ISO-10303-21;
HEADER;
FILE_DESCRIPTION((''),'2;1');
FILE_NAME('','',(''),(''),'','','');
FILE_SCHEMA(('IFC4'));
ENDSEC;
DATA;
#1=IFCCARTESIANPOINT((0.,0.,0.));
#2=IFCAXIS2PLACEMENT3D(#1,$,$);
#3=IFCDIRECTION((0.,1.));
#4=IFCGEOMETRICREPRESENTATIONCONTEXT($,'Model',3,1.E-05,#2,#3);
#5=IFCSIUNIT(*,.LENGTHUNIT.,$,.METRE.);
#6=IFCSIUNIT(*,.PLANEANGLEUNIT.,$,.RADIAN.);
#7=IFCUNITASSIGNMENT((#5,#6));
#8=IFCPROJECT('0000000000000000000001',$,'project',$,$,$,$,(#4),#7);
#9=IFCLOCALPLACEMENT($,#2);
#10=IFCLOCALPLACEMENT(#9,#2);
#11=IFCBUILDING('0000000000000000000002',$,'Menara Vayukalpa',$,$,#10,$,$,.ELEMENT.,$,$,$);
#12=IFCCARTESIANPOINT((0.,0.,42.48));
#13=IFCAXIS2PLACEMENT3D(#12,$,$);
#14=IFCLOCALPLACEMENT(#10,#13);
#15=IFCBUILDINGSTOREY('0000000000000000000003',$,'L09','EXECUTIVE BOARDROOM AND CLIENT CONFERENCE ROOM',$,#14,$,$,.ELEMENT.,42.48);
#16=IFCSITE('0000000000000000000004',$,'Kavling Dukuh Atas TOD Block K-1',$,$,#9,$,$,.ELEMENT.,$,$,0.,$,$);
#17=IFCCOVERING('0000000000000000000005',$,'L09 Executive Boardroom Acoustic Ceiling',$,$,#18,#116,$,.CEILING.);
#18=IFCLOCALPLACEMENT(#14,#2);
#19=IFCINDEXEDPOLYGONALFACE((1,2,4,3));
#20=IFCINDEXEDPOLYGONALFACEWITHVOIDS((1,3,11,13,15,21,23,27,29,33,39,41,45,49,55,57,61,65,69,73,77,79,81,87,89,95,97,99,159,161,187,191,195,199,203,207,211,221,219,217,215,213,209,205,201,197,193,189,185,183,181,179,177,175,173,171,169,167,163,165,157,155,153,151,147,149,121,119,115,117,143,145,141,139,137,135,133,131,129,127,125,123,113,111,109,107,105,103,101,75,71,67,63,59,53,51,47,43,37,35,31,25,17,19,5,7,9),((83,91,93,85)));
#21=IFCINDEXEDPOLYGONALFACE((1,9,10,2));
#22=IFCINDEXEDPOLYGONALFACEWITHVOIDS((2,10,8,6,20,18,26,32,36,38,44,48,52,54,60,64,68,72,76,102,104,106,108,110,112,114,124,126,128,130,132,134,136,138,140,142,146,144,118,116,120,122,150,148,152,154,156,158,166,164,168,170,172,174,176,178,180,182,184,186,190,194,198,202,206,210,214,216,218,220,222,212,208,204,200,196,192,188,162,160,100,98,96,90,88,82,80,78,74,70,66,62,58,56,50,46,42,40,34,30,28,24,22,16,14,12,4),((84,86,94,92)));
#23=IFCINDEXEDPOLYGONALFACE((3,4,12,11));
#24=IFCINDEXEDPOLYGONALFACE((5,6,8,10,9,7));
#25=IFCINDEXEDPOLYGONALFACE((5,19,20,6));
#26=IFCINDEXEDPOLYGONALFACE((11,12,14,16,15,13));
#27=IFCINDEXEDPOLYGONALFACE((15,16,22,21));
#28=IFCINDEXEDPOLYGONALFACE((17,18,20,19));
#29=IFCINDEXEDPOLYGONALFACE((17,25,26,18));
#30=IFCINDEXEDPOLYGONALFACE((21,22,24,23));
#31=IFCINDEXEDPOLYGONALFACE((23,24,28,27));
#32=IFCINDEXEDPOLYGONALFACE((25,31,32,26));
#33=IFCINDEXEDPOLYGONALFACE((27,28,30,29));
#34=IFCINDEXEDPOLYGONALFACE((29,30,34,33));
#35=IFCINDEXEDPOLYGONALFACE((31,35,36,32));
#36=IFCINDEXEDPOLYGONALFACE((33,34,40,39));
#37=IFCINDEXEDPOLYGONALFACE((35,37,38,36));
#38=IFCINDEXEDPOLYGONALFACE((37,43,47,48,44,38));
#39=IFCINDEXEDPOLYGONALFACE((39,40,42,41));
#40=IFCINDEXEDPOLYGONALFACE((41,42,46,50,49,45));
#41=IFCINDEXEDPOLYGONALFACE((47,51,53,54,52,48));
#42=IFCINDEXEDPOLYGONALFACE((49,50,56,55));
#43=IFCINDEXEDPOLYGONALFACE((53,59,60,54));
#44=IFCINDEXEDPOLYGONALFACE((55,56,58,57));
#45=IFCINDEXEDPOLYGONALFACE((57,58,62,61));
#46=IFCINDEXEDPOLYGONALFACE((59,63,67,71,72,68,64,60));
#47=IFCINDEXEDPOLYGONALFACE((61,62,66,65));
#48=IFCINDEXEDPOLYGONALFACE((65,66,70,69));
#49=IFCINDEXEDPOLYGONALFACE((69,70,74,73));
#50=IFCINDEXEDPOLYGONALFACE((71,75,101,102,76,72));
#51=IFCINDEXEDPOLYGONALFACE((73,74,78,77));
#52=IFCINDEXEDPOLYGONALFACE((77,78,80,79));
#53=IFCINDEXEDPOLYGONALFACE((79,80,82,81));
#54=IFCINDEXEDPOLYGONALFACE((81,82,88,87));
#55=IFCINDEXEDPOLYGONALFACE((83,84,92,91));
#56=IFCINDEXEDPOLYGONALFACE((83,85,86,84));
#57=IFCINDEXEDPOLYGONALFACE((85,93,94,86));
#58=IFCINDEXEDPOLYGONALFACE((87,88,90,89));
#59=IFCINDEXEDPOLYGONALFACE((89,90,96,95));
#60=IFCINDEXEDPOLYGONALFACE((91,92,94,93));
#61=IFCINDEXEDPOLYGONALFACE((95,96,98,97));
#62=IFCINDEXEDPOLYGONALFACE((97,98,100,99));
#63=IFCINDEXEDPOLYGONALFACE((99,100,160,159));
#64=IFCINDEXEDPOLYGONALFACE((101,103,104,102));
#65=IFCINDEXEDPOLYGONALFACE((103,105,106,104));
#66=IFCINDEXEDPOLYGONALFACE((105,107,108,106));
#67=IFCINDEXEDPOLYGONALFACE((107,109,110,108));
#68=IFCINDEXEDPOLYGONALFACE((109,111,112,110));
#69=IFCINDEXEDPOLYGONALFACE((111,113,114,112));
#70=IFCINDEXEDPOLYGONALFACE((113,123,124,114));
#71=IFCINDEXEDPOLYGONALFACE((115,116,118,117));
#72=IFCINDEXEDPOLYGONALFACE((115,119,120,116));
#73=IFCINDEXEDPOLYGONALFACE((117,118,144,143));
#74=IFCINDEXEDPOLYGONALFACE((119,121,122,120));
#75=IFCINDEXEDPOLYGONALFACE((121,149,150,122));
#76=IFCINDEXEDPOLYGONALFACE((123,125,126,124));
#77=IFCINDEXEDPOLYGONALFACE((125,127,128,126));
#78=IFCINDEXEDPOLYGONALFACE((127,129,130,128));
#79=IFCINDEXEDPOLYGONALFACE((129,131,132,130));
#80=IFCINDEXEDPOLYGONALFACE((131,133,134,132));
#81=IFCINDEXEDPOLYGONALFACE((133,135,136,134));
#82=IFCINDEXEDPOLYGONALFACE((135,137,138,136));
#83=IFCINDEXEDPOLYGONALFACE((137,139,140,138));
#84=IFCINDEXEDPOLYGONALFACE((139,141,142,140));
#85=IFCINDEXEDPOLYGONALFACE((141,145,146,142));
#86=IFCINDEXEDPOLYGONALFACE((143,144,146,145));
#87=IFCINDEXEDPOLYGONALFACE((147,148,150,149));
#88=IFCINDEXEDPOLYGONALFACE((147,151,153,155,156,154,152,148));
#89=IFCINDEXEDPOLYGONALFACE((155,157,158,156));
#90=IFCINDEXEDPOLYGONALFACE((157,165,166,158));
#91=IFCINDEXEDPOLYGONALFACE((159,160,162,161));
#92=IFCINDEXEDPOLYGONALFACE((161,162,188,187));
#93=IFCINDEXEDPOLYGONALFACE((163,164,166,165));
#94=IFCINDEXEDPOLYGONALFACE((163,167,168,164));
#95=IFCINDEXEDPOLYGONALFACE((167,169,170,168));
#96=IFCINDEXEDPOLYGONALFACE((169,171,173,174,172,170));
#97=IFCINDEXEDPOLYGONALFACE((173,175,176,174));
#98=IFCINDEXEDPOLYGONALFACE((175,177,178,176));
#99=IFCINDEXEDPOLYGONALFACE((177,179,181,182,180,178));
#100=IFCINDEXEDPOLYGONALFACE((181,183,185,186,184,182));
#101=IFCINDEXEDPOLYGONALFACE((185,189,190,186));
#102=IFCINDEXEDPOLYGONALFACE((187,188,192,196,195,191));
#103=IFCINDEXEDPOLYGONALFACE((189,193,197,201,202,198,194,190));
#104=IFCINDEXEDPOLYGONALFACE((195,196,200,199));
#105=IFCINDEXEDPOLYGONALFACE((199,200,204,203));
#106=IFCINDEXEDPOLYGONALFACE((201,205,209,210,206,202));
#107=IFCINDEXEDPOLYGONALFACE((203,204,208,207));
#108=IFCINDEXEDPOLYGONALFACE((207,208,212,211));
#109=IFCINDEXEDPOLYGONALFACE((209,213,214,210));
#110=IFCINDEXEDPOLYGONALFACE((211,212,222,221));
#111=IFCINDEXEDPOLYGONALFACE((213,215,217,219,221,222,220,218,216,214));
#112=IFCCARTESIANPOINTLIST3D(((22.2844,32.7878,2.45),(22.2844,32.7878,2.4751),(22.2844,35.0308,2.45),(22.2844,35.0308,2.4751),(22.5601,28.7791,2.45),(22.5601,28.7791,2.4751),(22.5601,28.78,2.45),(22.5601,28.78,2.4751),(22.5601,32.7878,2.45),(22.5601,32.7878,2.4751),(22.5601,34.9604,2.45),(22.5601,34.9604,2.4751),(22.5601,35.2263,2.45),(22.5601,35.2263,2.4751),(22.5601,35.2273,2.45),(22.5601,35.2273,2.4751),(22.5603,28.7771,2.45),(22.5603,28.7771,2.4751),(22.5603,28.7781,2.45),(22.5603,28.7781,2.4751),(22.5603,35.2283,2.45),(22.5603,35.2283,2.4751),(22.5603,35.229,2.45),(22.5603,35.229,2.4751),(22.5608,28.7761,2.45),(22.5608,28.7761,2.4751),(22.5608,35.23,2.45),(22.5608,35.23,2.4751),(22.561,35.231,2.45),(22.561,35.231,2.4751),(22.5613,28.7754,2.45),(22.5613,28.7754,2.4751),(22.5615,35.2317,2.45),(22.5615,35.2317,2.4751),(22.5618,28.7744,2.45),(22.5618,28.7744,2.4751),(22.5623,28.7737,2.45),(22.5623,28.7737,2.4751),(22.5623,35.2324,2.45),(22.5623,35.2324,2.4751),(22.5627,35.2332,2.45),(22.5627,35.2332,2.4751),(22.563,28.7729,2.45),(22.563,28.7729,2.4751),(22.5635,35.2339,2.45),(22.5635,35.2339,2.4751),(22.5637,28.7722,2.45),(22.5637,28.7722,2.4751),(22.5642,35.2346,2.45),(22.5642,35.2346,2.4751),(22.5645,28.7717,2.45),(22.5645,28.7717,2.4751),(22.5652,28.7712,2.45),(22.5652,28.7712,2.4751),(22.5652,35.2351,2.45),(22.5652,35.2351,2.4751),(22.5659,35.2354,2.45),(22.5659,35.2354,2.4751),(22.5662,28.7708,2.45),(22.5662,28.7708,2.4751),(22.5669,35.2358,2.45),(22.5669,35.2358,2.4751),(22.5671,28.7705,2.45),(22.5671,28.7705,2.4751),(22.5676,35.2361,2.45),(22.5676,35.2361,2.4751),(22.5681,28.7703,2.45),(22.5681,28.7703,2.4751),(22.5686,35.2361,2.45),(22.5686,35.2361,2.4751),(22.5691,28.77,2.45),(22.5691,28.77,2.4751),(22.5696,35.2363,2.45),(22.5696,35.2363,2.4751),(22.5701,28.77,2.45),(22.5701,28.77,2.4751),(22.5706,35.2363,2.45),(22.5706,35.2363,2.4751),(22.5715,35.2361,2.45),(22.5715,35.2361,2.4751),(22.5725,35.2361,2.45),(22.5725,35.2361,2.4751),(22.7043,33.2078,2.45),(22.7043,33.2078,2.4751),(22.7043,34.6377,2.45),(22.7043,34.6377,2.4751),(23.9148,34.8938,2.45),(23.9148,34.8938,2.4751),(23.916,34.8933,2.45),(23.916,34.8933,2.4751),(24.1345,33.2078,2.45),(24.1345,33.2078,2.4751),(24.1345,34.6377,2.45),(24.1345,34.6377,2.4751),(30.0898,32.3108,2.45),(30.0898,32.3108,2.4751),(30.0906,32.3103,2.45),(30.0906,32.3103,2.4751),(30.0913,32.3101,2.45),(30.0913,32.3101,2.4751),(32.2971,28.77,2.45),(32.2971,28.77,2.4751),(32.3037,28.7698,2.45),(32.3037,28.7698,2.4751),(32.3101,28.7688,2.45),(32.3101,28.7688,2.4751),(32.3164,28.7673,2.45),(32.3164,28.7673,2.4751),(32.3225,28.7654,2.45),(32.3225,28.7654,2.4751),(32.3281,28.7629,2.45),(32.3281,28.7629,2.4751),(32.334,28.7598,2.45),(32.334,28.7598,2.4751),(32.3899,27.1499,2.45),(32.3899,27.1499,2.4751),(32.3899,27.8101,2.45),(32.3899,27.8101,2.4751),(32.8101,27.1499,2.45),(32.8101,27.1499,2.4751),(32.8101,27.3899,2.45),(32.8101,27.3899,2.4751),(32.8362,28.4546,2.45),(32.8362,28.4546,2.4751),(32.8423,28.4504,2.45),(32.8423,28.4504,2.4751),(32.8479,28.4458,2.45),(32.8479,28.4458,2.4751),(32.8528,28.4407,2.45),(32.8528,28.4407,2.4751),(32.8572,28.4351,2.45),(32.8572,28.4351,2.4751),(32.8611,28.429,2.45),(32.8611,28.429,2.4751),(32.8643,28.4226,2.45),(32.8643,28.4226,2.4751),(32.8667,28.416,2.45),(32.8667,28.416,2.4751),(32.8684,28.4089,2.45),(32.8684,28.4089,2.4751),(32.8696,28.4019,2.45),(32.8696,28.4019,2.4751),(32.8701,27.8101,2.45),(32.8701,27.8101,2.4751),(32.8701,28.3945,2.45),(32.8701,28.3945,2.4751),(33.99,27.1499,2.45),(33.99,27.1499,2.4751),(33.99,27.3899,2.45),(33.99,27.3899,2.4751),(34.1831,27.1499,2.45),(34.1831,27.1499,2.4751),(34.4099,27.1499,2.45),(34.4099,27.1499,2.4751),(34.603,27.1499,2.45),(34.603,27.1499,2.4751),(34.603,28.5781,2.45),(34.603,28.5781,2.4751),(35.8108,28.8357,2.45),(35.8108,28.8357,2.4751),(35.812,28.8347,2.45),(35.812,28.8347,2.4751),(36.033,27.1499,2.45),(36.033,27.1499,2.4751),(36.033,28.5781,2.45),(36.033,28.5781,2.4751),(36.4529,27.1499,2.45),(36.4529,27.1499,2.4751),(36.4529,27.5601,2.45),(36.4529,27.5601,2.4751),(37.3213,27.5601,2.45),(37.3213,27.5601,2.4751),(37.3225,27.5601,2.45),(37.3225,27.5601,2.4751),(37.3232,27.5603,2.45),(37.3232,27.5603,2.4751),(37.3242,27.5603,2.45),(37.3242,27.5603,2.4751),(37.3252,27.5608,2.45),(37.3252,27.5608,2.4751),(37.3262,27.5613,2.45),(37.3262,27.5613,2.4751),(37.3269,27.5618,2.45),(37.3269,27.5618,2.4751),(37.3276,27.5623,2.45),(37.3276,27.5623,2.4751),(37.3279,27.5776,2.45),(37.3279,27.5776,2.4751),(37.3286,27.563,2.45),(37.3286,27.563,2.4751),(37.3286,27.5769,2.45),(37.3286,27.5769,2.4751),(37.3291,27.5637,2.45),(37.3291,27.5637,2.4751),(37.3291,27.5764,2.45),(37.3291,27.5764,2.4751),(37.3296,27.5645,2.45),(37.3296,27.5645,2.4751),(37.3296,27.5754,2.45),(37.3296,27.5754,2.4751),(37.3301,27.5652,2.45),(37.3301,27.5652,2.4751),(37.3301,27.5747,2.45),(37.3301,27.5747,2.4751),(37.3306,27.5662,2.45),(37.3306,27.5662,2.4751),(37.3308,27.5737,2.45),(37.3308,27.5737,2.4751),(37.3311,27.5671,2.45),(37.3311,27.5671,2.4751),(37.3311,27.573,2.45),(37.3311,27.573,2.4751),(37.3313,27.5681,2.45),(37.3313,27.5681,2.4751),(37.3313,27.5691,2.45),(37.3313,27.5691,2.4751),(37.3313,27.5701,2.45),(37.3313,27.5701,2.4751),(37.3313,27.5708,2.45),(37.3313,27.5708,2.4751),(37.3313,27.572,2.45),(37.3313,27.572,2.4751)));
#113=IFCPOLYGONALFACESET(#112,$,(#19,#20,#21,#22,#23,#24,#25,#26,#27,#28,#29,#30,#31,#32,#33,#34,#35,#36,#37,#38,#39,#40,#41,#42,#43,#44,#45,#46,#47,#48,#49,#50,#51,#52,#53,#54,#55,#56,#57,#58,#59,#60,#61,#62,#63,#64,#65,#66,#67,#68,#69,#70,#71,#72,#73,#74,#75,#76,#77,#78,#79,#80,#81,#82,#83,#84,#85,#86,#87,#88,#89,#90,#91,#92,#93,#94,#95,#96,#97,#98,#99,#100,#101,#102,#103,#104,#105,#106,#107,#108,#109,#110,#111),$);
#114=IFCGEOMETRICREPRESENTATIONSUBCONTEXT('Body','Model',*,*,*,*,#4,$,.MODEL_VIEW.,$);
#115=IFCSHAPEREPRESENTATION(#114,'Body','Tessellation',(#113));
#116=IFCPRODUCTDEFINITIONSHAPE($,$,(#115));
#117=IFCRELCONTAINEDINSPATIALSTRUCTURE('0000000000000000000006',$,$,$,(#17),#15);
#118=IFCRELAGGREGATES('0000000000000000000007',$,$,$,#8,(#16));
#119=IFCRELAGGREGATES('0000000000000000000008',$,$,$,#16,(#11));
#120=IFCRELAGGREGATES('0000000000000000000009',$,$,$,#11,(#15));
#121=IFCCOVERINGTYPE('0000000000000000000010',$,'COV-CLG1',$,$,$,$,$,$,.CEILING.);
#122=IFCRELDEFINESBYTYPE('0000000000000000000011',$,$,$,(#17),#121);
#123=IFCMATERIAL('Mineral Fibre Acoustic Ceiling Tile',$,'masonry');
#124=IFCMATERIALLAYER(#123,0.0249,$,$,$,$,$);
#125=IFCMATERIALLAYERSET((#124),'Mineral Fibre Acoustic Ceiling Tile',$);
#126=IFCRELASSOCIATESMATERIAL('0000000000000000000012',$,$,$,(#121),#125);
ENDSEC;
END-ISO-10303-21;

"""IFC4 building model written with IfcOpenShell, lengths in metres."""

from ifc_helpers import new_model, si_unit, direction, frame, origin, place, context, subcontext, project, spatial, polyline, outline, extrude, material, layer, layer_set, type_object, element, save


model = new_model("IFC4")

# Units and contexts
model_context = context("Model", 3, precision=1e-05, world=origin(), true_north=direction((0.0, 1.0)))
body_context = subcontext(model_context, "Body", "Model", "MODEL_VIEW")
ifc_project = project(units=[si_unit("LENGTHUNIT", "METRE"), si_unit("PLANEANGLEUNIT", "RADIAN")], contexts=[model_context])

# Site, building, storey
site_placement = place(None, origin())
site = spatial("IfcSite", under=ifc_project, at=site_placement, Name="Kavling Dukuh Atas TOD Block K-1", CompositionType="ELEMENT", RefElevation=0.0)
building_placement = place(site_placement, origin())
building = spatial("IfcBuilding", under=site, at=building_placement, Name="Menara Vayukalpa", CompositionType="ELEMENT")
storey_placement = place(building_placement, frame((0.0, 0.0, 42.48)))
storey = spatial("IfcBuildingStorey", under=building, at=storey_placement, Name="L09", Description="EXECUTIVE BOARDROOM AND CLIENT CONFERENCE ROOM", CompositionType="ELEMENT", Elevation=42.48)

# Covering
ifc_material_1 = material(Name="Mineral Fibre Acoustic Ceiling Tile", Category="masonry")
ifc_layer_1 = layer(ifc_material_1, 0.0249)
ifc_layer_set_1 = layer_set([ifc_layer_1], Name="Mineral Fibre Acoustic Ceiling Tile")
covering_type_1 = type_object("IfcCoveringType", Name="COV-CLG1", PredefinedType="CEILING", material=ifc_layer_set_1)
covering_1_placement = place(storey_placement, frame((0.0, 0.0, 2.45)))
element("IfcCovering", 1, at=covering_1_placement, inside=storey, type_object=covering_type_1, Name="L09 Executive Boardroom Acoustic Ceiling", PredefinedType="CEILING", context=body_context, shape_type="SweptSolid", body=[
    extrude(outline(polyline([(36.033, 27.1499), (36.033, 28.5781), (34.603, 28.5781), (34.603, 27.1499), (34.4099, 27.1499), (34.1831, 27.1499), (33.99, 27.1499), (33.99, 27.3899), (32.8101, 27.3899), (32.8101, 27.1499), (32.3899, 27.1499), (32.3899, 27.8101), (32.8701, 27.8101), (32.8701, 28.3945), (32.8696, 28.4019), (32.8684, 28.4089), (32.8667, 28.416), (32.8643, 28.4226), (32.8611, 28.429), (32.8572, 28.4351), (32.8528, 28.4407), (32.8479, 28.4458), (32.8423, 28.4504), (32.8362, 28.4546), (32.334, 28.7598), (32.3281, 28.7629), (32.3225, 28.7654), (32.3164, 28.7673), (32.3101, 28.7688), (32.3037, 28.7698), (32.2971, 28.77), (22.5701, 28.77), (22.5691, 28.77), (22.5681, 28.7703), (22.5671, 28.7705), (22.5662, 28.7708), (22.5652, 28.7712), (22.5645, 28.7717), (22.5637, 28.7722), (22.563, 28.7729), (22.5623, 28.7737), (22.5618, 28.7744), (22.5613, 28.7754), (22.5608, 28.7761), (22.5603, 28.7771), (22.5603, 28.7781), (22.5601, 28.7791), (22.5601, 28.78), (22.5601, 32.7878), (22.2844, 32.7878), (22.2844, 35.0308), (22.5601, 34.9604), (22.5601, 35.2263), (22.5601, 35.2273), (22.5603, 35.2283), (22.5603, 35.229), (22.5608, 35.23), (22.561, 35.231), (22.5615, 35.2317), (22.5623, 35.2324), (22.5627, 35.2332), (22.5635, 35.2339), (22.5642, 35.2346), (22.5652, 35.2351), (22.5659, 35.2354), (22.5669, 35.2358), (22.5676, 35.2361), (22.5686, 35.2361), (22.5696, 35.2363), (22.5706, 35.2363), (22.5715, 35.2361), (22.5725, 35.2361), (23.9148, 34.8938), (23.916, 34.8933), (30.0898, 32.3108), (30.0906, 32.3103), (30.0913, 32.3101), (35.8108, 28.8357), (35.812, 28.8347), (37.3279, 27.5776), (37.3286, 27.5769), (37.3291, 27.5764), (37.3296, 27.5754), (37.3301, 27.5747), (37.3308, 27.5737), (37.3311, 27.573), (37.3313, 27.572), (37.3313, 27.5708), (37.3313, 27.5701), (37.3313, 27.5691), (37.3313, 27.5681), (37.3311, 27.5671), (37.3306, 27.5662), (37.3301, 27.5652), (37.3296, 27.5645), (37.3291, 27.5637), (37.3286, 27.563), (37.3276, 27.5623), (37.3269, 27.5618), (37.3262, 27.5613), (37.3252, 27.5608), (37.3242, 27.5603), (37.3232, 27.5603), (37.3225, 27.5601), (37.3213, 27.5601), (36.4529, 27.5601), (36.4529, 27.1499), (36.033, 27.1499)]), holes=[polyline([(24.1345, 33.2078), (24.1345, 34.6377), (22.7043, 34.6377), (22.7043, 33.2078), (24.1345, 33.2078)])]), origin(), (0.0, 0.0, 1.0), 0.0251),
])

save(model, "model.ifc")
